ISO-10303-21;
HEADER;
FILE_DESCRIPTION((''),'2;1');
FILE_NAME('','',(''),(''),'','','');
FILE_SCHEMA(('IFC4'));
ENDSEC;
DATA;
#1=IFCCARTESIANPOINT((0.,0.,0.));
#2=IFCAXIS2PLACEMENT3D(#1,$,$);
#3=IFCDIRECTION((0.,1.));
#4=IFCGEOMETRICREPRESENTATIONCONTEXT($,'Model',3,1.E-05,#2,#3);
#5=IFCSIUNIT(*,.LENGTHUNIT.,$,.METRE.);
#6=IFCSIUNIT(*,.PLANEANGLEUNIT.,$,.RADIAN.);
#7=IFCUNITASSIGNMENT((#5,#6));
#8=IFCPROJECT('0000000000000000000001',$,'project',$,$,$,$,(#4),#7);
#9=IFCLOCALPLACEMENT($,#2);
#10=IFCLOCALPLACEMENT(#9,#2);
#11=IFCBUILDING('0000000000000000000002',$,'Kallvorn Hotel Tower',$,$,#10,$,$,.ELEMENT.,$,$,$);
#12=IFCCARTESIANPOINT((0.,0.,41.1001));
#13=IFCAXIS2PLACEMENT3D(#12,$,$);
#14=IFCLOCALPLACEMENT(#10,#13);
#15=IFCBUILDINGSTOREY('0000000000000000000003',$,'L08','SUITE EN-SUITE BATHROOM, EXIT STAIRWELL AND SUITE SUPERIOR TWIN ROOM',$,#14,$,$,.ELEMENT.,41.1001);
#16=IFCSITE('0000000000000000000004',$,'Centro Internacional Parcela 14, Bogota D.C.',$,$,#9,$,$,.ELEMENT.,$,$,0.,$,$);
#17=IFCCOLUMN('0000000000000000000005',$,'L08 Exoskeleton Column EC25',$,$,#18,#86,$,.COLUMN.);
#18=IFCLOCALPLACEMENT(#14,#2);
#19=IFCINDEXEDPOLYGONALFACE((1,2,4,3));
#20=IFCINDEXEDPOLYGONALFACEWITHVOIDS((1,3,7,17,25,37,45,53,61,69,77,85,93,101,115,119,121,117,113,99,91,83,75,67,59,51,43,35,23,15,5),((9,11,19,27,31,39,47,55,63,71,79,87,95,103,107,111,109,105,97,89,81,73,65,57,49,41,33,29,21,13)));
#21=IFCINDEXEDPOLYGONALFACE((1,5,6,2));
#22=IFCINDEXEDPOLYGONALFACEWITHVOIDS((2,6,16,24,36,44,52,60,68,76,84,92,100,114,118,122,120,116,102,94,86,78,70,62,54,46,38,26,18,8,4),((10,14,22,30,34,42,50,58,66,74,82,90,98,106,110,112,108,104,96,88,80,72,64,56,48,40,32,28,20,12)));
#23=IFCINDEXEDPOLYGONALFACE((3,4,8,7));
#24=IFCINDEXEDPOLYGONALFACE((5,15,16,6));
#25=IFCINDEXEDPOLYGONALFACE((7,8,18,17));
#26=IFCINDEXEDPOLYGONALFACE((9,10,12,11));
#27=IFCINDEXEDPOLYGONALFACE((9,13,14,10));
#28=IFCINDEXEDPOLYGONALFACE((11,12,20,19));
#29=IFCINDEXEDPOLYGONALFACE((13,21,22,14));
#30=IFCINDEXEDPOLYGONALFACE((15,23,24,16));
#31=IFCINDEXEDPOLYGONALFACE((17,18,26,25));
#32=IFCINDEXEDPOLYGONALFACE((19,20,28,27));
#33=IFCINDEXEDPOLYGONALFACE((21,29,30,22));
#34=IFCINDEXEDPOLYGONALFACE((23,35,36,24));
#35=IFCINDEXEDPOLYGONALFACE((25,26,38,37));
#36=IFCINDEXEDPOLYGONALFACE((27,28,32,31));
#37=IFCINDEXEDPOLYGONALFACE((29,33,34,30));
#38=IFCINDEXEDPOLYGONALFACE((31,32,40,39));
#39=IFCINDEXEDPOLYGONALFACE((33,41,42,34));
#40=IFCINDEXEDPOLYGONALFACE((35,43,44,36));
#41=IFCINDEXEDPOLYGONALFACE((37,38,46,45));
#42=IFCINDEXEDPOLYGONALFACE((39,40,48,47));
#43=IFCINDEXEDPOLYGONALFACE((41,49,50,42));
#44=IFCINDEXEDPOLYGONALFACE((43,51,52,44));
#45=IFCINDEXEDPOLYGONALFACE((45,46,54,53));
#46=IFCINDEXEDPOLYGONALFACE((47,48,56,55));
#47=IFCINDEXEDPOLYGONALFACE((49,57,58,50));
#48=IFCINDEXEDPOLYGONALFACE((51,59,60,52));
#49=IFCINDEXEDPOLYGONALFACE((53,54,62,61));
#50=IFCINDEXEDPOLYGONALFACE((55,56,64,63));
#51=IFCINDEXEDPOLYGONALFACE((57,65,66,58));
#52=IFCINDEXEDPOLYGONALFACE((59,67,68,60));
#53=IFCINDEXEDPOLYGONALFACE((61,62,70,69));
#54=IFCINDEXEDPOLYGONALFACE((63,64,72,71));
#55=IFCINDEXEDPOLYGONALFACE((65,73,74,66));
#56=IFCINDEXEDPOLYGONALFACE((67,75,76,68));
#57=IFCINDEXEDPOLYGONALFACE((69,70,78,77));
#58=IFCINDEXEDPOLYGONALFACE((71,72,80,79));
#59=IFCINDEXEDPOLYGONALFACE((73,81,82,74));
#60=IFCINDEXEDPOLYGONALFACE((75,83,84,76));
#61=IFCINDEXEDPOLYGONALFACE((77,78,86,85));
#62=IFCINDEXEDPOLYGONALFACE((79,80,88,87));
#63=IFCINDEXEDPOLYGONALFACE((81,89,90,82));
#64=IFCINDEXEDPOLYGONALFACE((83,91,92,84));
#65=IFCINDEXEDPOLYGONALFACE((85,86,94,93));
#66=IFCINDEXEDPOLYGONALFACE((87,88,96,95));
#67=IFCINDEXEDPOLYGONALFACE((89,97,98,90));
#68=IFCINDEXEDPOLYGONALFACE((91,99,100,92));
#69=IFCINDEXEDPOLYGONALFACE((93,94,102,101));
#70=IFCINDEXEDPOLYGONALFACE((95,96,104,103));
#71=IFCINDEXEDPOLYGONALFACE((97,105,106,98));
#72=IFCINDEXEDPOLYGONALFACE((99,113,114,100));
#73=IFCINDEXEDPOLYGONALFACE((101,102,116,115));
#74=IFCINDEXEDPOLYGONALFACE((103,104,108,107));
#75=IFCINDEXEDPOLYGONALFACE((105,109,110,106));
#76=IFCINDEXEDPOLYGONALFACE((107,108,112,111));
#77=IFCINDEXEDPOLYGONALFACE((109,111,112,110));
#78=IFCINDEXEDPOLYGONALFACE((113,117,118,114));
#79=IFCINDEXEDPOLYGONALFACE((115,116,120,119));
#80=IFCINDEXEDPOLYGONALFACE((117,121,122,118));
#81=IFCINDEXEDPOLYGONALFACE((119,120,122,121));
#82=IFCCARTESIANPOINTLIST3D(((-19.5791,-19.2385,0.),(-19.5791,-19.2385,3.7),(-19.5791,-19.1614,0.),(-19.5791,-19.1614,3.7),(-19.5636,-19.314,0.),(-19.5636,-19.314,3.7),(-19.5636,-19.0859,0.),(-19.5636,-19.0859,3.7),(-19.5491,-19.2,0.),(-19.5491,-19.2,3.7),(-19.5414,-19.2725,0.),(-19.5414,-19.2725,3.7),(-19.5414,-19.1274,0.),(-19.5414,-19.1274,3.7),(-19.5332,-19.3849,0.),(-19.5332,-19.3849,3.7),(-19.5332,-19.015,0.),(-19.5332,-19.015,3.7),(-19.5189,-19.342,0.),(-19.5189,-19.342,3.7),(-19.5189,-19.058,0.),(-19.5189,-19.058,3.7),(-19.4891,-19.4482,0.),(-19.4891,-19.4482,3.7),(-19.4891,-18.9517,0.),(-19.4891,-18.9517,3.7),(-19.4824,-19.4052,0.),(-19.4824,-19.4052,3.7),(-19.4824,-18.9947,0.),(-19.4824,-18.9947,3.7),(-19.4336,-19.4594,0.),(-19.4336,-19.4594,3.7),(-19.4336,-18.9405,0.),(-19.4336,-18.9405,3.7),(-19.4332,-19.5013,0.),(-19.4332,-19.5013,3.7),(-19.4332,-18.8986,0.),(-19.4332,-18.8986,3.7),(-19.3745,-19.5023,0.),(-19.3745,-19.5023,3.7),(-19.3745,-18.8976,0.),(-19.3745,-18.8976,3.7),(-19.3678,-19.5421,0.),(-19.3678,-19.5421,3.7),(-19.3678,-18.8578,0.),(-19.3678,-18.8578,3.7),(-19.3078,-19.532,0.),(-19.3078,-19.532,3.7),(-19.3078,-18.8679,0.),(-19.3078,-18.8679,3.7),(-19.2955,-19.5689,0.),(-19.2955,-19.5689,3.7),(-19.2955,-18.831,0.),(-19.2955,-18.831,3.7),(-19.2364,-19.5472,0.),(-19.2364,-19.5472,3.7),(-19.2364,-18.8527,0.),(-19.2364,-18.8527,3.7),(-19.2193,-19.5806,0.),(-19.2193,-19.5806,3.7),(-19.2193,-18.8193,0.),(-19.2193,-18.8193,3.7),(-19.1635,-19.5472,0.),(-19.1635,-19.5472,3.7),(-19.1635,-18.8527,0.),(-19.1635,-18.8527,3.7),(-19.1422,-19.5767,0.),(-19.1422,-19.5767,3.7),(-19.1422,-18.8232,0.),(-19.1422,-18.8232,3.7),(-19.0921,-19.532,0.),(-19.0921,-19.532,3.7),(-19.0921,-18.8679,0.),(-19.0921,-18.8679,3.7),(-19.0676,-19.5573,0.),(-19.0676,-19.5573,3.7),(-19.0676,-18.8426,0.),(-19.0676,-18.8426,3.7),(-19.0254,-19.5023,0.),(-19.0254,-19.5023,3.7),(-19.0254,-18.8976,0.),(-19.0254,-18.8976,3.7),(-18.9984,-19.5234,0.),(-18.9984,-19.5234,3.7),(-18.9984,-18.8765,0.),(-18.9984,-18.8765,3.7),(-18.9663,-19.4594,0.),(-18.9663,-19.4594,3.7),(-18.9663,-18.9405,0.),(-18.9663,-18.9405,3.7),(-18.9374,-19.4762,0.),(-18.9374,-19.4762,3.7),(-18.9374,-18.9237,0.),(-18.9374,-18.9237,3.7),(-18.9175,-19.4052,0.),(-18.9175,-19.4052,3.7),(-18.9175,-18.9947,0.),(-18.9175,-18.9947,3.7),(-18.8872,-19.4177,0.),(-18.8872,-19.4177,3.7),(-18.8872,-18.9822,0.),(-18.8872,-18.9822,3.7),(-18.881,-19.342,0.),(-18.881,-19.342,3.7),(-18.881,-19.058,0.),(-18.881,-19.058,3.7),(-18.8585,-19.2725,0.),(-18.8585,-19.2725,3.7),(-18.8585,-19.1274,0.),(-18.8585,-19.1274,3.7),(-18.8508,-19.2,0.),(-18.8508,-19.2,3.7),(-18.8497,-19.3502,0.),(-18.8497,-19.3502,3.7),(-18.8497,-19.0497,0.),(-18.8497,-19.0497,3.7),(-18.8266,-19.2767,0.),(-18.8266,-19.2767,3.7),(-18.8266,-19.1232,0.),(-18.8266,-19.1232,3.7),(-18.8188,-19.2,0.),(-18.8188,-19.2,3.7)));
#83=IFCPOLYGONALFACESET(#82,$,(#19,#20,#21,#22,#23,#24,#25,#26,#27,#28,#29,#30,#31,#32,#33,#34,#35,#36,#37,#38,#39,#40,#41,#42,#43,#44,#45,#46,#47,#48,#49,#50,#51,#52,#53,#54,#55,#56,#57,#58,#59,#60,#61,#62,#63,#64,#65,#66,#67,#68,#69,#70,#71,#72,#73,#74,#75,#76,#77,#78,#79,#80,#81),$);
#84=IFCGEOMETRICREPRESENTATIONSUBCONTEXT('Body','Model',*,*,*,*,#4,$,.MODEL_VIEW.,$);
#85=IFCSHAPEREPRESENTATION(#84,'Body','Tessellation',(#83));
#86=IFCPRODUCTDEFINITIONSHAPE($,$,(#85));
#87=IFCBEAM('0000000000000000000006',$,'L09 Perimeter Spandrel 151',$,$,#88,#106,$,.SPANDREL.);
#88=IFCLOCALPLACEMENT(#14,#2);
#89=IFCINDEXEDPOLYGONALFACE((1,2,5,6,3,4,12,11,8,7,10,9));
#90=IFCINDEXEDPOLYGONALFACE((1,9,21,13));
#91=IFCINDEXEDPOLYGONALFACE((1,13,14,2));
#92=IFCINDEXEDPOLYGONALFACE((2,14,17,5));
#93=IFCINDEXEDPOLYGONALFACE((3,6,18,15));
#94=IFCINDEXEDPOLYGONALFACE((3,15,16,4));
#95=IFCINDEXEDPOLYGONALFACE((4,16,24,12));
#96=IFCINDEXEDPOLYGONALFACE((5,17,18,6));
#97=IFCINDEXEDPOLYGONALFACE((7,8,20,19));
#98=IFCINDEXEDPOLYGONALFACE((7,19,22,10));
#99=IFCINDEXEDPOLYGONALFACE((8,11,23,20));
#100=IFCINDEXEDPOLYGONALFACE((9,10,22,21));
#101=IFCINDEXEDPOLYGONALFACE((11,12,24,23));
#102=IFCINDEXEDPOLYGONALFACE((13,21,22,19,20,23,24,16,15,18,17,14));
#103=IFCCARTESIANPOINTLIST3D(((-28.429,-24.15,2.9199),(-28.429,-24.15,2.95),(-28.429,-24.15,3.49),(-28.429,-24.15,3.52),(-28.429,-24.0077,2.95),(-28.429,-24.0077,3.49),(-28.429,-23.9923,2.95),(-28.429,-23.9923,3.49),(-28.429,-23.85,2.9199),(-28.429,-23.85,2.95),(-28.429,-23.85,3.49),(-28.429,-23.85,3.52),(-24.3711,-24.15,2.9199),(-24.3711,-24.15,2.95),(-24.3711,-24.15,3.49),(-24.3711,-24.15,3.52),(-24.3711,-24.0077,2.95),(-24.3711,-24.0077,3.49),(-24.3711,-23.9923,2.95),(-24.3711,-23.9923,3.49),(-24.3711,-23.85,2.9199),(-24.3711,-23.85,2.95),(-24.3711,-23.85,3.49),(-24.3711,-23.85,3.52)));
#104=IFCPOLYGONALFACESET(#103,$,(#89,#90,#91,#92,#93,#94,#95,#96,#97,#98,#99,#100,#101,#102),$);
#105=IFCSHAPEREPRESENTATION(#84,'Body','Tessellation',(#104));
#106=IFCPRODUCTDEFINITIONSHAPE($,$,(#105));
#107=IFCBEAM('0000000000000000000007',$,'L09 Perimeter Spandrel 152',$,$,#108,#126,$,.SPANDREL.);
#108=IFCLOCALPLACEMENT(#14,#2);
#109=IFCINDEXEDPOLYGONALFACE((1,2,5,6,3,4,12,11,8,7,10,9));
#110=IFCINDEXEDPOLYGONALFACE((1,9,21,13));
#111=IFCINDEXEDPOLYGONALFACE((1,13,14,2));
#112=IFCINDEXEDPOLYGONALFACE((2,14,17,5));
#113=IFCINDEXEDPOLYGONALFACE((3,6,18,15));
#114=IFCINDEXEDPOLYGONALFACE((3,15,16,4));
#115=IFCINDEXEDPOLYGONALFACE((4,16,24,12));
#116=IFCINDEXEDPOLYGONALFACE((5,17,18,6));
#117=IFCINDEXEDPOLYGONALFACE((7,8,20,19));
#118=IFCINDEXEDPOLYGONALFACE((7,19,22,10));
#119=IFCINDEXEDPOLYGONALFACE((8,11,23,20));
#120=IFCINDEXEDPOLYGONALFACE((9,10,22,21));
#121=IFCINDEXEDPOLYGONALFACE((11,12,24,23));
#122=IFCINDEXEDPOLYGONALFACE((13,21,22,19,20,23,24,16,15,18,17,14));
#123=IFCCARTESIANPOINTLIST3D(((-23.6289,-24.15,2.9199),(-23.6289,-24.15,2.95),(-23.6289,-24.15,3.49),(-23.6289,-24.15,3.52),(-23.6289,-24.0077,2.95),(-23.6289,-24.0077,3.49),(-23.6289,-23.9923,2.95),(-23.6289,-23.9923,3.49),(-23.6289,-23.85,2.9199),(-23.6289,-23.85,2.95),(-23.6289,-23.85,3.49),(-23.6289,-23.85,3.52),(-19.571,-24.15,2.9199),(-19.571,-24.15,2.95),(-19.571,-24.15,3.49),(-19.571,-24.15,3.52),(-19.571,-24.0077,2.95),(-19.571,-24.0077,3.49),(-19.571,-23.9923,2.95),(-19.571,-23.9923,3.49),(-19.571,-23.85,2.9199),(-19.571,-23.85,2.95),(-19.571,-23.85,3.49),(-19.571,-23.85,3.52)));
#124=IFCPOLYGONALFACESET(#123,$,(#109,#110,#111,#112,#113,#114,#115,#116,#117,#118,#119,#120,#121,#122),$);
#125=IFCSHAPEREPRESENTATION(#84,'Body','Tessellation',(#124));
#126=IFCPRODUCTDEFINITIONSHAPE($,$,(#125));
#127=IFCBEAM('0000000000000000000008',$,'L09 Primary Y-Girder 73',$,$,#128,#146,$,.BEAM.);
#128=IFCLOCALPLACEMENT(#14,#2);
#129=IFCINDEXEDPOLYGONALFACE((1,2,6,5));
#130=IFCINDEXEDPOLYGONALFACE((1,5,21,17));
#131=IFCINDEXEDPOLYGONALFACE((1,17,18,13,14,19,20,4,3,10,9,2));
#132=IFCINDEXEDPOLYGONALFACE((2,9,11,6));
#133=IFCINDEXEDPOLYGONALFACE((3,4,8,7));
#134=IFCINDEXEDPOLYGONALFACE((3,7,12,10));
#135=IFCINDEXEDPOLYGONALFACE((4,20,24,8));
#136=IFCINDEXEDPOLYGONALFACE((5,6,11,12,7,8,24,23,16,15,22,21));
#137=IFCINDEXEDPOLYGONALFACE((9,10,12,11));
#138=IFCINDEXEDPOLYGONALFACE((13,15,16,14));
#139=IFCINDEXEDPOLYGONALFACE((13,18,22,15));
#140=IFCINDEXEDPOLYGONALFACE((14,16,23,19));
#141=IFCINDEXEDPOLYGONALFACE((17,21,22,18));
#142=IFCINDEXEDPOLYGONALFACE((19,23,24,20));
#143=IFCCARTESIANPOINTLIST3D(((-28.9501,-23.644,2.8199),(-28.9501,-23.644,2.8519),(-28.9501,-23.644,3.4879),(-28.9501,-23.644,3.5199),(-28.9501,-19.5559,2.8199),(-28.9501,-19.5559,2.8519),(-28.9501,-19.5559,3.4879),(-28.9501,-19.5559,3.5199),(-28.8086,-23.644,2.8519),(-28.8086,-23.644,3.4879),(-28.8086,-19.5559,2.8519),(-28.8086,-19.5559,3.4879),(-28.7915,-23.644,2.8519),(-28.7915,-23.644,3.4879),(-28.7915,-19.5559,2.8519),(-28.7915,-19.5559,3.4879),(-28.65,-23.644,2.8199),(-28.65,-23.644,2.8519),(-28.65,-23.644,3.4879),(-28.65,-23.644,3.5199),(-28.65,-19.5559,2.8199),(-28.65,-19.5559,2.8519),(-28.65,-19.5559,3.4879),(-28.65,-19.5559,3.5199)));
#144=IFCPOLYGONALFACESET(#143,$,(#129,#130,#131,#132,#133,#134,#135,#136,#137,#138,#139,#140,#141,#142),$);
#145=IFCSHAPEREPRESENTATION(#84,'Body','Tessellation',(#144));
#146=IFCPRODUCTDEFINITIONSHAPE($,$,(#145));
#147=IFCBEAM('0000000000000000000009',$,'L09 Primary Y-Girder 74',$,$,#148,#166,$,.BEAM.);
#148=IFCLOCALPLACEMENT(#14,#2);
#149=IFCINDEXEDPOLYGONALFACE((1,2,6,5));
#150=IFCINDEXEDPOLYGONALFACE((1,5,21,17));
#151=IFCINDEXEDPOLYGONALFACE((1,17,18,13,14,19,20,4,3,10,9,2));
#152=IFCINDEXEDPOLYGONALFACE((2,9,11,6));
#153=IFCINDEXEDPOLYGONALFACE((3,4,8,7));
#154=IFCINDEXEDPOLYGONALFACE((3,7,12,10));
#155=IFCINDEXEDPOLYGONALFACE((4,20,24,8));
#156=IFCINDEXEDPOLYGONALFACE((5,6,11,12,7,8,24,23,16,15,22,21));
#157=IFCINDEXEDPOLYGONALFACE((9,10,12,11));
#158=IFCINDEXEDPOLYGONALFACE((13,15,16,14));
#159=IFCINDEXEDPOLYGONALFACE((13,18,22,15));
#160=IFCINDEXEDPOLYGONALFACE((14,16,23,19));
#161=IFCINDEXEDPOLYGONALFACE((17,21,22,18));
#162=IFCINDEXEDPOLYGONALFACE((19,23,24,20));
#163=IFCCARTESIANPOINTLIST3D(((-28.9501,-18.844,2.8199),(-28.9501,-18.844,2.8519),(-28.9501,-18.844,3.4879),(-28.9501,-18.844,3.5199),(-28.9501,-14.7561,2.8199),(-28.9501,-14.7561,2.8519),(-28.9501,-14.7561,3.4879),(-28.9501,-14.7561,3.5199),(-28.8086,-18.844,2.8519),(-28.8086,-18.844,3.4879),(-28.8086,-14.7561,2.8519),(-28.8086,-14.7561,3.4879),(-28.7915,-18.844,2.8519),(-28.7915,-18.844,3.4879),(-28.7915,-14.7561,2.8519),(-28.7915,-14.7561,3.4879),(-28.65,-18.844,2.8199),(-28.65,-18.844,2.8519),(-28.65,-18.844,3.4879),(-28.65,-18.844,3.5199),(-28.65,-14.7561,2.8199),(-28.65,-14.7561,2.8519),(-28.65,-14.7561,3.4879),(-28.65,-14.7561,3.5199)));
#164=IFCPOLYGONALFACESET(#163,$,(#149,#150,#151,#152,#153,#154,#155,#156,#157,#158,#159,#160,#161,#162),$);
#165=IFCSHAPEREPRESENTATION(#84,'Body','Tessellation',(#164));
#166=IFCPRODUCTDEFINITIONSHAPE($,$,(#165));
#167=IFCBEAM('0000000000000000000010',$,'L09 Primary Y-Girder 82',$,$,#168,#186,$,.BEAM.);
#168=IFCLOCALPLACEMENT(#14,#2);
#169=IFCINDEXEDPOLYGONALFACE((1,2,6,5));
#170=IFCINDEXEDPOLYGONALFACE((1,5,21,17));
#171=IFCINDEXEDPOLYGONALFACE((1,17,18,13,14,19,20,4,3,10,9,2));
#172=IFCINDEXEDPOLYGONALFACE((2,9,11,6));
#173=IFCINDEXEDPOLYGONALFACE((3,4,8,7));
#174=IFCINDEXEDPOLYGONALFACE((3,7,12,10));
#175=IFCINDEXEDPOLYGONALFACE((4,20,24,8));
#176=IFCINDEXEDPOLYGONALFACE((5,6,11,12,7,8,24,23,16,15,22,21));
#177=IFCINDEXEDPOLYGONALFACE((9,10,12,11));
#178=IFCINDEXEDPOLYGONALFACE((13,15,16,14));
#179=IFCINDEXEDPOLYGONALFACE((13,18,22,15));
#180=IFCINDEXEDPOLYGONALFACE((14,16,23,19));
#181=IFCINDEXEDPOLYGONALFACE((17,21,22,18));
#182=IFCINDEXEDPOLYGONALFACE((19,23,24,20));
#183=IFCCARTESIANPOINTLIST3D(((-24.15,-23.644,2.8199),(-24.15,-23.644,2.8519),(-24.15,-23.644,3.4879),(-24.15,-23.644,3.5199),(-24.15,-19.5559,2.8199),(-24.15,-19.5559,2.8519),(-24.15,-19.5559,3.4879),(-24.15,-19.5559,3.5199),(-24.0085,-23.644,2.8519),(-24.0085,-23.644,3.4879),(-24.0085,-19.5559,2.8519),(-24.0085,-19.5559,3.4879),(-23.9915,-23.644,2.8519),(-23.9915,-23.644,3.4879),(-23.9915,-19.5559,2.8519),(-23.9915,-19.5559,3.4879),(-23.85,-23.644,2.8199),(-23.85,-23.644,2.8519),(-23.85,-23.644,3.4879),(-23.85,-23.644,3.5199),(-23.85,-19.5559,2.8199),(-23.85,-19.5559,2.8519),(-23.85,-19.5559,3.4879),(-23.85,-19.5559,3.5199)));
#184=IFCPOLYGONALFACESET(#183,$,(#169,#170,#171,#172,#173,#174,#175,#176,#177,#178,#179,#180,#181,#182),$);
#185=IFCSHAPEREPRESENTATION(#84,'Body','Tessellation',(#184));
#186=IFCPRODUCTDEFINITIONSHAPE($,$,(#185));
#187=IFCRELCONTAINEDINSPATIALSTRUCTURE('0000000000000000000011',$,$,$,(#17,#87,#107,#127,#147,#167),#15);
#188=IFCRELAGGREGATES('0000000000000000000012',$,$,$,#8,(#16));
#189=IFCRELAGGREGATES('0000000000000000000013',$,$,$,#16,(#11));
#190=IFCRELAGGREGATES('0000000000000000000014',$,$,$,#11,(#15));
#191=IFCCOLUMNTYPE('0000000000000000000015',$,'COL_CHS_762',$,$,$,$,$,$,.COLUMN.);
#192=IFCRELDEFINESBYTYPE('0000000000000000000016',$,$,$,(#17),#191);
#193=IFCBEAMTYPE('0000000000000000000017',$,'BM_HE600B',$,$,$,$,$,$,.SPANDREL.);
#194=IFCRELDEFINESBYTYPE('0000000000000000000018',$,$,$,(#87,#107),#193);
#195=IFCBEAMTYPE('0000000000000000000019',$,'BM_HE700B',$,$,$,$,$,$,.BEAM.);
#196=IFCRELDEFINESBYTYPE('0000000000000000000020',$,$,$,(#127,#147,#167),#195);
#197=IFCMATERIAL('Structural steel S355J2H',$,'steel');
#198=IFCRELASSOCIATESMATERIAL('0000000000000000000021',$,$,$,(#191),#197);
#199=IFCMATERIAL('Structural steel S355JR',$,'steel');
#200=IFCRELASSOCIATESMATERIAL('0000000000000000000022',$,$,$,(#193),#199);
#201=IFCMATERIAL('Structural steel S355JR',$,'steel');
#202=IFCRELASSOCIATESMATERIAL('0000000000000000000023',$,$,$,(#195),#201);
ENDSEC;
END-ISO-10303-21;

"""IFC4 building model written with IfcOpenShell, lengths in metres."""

from ifc_helpers import new_model, si_unit, direction, frame, origin, origin_2d, place, context, subcontext, project, spatial, hollow_circle, i_section, extrude, material, material_profile, profile_set, type_object, element, save


model = new_model("IFC4")

# Units and contexts
model_context = context("Model", 3, precision=1e-05, world=origin(), true_north=direction((0.0, 1.0)))
body_context = subcontext(model_context, "Body", "Model", "MODEL_VIEW")
ifc_project = project(units=[si_unit("LENGTHUNIT", "METRE"), si_unit("PLANEANGLEUNIT", "RADIAN")], contexts=[model_context])

# Site, building, storey
site_placement = place(None, origin())
site = spatial("IfcSite", under=ifc_project, at=site_placement, Name="Centro Internacional Parcela 14, Bogota D.C.", CompositionType="ELEMENT", RefElevation=0.0)
building_placement = place(site_placement, origin())
building = spatial("IfcBuilding", under=site, at=building_placement, Name="Kallvorn Hotel Tower", CompositionType="ELEMENT")
storey_placement = place(building_placement, frame((0.0, 0.0, 41.1001)))
storey = spatial("IfcBuildingStorey", under=building, at=storey_placement, Name="L08", Description="SUITE EN-SUITE BATHROOM, EXIT STAIRWELL AND SUITE SUPERIOR TWIN ROOM", CompositionType="ELEMENT", Elevation=41.1001)

# Column
ifc_material_1 = material(Name="Structural steel S355J2H", Category="steel")
ifc_material_profile_1 = material_profile(ifc_material_1, hollow_circle(Radius=0.3811, WallThickness=0.032, at=origin_2d()), Name="CHS 762x32")
ifc_profile_set_1 = profile_set([ifc_material_profile_1], Name="Structural steel S355J2H")
column_type = type_object("IfcColumnType", Name="COL_CHS_762", PredefinedType="COLUMN", material=ifc_profile_set_1)
for number, where, z_axis, x_axis, name in (
    (1, (-19.2, -19.2, 0.0), (0.0, 0.0, 1.0), (1.0, 0.0, 0.0), "L08 Exoskeleton Column EC25"),
):
    element("IfcColumn", number, at=place(storey_placement, frame(where, z_axis=z_axis, x_axis=x_axis)), inside=storey, type_object=column_type, Name=name, PredefinedType="COLUMN", context=body_context, shape_type="SweptSolid", body=[
        extrude(hollow_circle(Radius=0.3811, WallThickness=0.032, at=origin_2d()), origin(), (0.0, 0.0, 1.0), 3.7),
    ])

# Beams
ifc_material_2 = material(Name="Structural steel S355JR", Category="steel")
ifc_material_profile_2 = material_profile(ifc_material_2, i_section(OverallWidth=0.3, OverallDepth=0.6001, WebThickness=0.0154, FlangeThickness=0.03, at=origin_2d()), Name="HE 600 B")
ifc_profile_set_2 = profile_set([ifc_material_profile_2], Name="Structural steel S355JR")
beam_type_1 = type_object("IfcBeamType", Name="BM_HE600B", PredefinedType="SPANDREL", material=ifc_profile_set_2)
for number, where, z_axis, x_axis, name in (
    (2, (-28.429, -24.0, 3.22), (1.0, 0.0, 0.0), (0.0, 1.0, 0.0), "L09 Perimeter Spandrel 151"),
    (3, (-23.6289, -24.0, 3.22), (1.0, 0.0, 0.0), (0.0, 1.0, 0.0), "L09 Perimeter Spandrel 152"),
):
    element("IfcBeam", number, at=place(storey_placement, frame(where, z_axis=z_axis, x_axis=x_axis)), inside=storey, type_object=beam_type_1, Name=name, PredefinedType="SPANDREL", context=body_context, shape_type="SweptSolid", body=[
        extrude(i_section(OverallWidth=0.3, OverallDepth=0.6001, WebThickness=0.0154, FlangeThickness=0.03, at=origin_2d()), origin(), (0.0, 0.0, 1.0), 4.0579),
    ])
ifc_material_3 = material(Name="Structural steel S355JR", Category="steel")
ifc_material_profile_3 = material_profile(ifc_material_3, i_section(OverallWidth=0.3, OverallDepth=0.7, WebThickness=0.0171, FlangeThickness=0.032, at=origin_2d()), Name="HE 700 B")
ifc_profile_set_3 = profile_set([ifc_material_profile_3], Name="Structural steel S355JR")
beam_type_2 = type_object("IfcBeamType", Name="BM_HE700B", PredefinedType="BEAM", material=ifc_profile_set_3)
beam_1_placement = place(storey_placement, frame((-28.8, -23.644, 3.1699), z_axis=(0.0, 1.0, 0.0), x_axis=(-1.0, 0.0, 0.0)))
element("IfcBeam", 4, at=beam_1_placement, inside=storey, type_object=beam_type_2, Name="L09 Primary Y-Girder 73", PredefinedType="BEAM", context=body_context, shape_type="SweptSolid", body=[
    extrude(i_section(OverallWidth=0.3, OverallDepth=0.7, WebThickness=0.0171, FlangeThickness=0.032, at=origin_2d()), origin(), (0.0, 0.0, 1.0), 4.0881),
])
beam_2_placement = place(storey_placement, frame((-28.8, -18.844, 3.1699), z_axis=(0.0, 1.0, 0.0), x_axis=(-1.0, 0.0, 0.0)))
element("IfcBeam", 5, at=beam_2_placement, inside=storey, type_object=beam_type_2, Name="L09 Primary Y-Girder 74", PredefinedType="BEAM", context=body_context, shape_type="SweptSolid", body=[
    extrude(i_section(OverallWidth=0.3, OverallDepth=0.7, WebThickness=0.0171, FlangeThickness=0.032, at=origin_2d()), origin(), (0.0, 0.0, 1.0), 4.0879),
])
beam_3_placement = place(storey_placement, frame((-24.0, -23.644, 3.1699), z_axis=(0.0, 1.0, 0.0), x_axis=(-1.0, 0.0, 0.0)))
element("IfcBeam", 6, at=beam_3_placement, inside=storey, type_object=beam_type_2, Name="L09 Primary Y-Girder 82", PredefinedType="BEAM", context=body_context, shape_type="SweptSolid", body=[
    extrude(i_section(OverallWidth=0.3, OverallDepth=0.7, WebThickness=0.0171, FlangeThickness=0.032, at=origin_2d()), origin(), (0.0, 0.0, 1.0), 4.0881),
])

save(model, "model.ifc")
